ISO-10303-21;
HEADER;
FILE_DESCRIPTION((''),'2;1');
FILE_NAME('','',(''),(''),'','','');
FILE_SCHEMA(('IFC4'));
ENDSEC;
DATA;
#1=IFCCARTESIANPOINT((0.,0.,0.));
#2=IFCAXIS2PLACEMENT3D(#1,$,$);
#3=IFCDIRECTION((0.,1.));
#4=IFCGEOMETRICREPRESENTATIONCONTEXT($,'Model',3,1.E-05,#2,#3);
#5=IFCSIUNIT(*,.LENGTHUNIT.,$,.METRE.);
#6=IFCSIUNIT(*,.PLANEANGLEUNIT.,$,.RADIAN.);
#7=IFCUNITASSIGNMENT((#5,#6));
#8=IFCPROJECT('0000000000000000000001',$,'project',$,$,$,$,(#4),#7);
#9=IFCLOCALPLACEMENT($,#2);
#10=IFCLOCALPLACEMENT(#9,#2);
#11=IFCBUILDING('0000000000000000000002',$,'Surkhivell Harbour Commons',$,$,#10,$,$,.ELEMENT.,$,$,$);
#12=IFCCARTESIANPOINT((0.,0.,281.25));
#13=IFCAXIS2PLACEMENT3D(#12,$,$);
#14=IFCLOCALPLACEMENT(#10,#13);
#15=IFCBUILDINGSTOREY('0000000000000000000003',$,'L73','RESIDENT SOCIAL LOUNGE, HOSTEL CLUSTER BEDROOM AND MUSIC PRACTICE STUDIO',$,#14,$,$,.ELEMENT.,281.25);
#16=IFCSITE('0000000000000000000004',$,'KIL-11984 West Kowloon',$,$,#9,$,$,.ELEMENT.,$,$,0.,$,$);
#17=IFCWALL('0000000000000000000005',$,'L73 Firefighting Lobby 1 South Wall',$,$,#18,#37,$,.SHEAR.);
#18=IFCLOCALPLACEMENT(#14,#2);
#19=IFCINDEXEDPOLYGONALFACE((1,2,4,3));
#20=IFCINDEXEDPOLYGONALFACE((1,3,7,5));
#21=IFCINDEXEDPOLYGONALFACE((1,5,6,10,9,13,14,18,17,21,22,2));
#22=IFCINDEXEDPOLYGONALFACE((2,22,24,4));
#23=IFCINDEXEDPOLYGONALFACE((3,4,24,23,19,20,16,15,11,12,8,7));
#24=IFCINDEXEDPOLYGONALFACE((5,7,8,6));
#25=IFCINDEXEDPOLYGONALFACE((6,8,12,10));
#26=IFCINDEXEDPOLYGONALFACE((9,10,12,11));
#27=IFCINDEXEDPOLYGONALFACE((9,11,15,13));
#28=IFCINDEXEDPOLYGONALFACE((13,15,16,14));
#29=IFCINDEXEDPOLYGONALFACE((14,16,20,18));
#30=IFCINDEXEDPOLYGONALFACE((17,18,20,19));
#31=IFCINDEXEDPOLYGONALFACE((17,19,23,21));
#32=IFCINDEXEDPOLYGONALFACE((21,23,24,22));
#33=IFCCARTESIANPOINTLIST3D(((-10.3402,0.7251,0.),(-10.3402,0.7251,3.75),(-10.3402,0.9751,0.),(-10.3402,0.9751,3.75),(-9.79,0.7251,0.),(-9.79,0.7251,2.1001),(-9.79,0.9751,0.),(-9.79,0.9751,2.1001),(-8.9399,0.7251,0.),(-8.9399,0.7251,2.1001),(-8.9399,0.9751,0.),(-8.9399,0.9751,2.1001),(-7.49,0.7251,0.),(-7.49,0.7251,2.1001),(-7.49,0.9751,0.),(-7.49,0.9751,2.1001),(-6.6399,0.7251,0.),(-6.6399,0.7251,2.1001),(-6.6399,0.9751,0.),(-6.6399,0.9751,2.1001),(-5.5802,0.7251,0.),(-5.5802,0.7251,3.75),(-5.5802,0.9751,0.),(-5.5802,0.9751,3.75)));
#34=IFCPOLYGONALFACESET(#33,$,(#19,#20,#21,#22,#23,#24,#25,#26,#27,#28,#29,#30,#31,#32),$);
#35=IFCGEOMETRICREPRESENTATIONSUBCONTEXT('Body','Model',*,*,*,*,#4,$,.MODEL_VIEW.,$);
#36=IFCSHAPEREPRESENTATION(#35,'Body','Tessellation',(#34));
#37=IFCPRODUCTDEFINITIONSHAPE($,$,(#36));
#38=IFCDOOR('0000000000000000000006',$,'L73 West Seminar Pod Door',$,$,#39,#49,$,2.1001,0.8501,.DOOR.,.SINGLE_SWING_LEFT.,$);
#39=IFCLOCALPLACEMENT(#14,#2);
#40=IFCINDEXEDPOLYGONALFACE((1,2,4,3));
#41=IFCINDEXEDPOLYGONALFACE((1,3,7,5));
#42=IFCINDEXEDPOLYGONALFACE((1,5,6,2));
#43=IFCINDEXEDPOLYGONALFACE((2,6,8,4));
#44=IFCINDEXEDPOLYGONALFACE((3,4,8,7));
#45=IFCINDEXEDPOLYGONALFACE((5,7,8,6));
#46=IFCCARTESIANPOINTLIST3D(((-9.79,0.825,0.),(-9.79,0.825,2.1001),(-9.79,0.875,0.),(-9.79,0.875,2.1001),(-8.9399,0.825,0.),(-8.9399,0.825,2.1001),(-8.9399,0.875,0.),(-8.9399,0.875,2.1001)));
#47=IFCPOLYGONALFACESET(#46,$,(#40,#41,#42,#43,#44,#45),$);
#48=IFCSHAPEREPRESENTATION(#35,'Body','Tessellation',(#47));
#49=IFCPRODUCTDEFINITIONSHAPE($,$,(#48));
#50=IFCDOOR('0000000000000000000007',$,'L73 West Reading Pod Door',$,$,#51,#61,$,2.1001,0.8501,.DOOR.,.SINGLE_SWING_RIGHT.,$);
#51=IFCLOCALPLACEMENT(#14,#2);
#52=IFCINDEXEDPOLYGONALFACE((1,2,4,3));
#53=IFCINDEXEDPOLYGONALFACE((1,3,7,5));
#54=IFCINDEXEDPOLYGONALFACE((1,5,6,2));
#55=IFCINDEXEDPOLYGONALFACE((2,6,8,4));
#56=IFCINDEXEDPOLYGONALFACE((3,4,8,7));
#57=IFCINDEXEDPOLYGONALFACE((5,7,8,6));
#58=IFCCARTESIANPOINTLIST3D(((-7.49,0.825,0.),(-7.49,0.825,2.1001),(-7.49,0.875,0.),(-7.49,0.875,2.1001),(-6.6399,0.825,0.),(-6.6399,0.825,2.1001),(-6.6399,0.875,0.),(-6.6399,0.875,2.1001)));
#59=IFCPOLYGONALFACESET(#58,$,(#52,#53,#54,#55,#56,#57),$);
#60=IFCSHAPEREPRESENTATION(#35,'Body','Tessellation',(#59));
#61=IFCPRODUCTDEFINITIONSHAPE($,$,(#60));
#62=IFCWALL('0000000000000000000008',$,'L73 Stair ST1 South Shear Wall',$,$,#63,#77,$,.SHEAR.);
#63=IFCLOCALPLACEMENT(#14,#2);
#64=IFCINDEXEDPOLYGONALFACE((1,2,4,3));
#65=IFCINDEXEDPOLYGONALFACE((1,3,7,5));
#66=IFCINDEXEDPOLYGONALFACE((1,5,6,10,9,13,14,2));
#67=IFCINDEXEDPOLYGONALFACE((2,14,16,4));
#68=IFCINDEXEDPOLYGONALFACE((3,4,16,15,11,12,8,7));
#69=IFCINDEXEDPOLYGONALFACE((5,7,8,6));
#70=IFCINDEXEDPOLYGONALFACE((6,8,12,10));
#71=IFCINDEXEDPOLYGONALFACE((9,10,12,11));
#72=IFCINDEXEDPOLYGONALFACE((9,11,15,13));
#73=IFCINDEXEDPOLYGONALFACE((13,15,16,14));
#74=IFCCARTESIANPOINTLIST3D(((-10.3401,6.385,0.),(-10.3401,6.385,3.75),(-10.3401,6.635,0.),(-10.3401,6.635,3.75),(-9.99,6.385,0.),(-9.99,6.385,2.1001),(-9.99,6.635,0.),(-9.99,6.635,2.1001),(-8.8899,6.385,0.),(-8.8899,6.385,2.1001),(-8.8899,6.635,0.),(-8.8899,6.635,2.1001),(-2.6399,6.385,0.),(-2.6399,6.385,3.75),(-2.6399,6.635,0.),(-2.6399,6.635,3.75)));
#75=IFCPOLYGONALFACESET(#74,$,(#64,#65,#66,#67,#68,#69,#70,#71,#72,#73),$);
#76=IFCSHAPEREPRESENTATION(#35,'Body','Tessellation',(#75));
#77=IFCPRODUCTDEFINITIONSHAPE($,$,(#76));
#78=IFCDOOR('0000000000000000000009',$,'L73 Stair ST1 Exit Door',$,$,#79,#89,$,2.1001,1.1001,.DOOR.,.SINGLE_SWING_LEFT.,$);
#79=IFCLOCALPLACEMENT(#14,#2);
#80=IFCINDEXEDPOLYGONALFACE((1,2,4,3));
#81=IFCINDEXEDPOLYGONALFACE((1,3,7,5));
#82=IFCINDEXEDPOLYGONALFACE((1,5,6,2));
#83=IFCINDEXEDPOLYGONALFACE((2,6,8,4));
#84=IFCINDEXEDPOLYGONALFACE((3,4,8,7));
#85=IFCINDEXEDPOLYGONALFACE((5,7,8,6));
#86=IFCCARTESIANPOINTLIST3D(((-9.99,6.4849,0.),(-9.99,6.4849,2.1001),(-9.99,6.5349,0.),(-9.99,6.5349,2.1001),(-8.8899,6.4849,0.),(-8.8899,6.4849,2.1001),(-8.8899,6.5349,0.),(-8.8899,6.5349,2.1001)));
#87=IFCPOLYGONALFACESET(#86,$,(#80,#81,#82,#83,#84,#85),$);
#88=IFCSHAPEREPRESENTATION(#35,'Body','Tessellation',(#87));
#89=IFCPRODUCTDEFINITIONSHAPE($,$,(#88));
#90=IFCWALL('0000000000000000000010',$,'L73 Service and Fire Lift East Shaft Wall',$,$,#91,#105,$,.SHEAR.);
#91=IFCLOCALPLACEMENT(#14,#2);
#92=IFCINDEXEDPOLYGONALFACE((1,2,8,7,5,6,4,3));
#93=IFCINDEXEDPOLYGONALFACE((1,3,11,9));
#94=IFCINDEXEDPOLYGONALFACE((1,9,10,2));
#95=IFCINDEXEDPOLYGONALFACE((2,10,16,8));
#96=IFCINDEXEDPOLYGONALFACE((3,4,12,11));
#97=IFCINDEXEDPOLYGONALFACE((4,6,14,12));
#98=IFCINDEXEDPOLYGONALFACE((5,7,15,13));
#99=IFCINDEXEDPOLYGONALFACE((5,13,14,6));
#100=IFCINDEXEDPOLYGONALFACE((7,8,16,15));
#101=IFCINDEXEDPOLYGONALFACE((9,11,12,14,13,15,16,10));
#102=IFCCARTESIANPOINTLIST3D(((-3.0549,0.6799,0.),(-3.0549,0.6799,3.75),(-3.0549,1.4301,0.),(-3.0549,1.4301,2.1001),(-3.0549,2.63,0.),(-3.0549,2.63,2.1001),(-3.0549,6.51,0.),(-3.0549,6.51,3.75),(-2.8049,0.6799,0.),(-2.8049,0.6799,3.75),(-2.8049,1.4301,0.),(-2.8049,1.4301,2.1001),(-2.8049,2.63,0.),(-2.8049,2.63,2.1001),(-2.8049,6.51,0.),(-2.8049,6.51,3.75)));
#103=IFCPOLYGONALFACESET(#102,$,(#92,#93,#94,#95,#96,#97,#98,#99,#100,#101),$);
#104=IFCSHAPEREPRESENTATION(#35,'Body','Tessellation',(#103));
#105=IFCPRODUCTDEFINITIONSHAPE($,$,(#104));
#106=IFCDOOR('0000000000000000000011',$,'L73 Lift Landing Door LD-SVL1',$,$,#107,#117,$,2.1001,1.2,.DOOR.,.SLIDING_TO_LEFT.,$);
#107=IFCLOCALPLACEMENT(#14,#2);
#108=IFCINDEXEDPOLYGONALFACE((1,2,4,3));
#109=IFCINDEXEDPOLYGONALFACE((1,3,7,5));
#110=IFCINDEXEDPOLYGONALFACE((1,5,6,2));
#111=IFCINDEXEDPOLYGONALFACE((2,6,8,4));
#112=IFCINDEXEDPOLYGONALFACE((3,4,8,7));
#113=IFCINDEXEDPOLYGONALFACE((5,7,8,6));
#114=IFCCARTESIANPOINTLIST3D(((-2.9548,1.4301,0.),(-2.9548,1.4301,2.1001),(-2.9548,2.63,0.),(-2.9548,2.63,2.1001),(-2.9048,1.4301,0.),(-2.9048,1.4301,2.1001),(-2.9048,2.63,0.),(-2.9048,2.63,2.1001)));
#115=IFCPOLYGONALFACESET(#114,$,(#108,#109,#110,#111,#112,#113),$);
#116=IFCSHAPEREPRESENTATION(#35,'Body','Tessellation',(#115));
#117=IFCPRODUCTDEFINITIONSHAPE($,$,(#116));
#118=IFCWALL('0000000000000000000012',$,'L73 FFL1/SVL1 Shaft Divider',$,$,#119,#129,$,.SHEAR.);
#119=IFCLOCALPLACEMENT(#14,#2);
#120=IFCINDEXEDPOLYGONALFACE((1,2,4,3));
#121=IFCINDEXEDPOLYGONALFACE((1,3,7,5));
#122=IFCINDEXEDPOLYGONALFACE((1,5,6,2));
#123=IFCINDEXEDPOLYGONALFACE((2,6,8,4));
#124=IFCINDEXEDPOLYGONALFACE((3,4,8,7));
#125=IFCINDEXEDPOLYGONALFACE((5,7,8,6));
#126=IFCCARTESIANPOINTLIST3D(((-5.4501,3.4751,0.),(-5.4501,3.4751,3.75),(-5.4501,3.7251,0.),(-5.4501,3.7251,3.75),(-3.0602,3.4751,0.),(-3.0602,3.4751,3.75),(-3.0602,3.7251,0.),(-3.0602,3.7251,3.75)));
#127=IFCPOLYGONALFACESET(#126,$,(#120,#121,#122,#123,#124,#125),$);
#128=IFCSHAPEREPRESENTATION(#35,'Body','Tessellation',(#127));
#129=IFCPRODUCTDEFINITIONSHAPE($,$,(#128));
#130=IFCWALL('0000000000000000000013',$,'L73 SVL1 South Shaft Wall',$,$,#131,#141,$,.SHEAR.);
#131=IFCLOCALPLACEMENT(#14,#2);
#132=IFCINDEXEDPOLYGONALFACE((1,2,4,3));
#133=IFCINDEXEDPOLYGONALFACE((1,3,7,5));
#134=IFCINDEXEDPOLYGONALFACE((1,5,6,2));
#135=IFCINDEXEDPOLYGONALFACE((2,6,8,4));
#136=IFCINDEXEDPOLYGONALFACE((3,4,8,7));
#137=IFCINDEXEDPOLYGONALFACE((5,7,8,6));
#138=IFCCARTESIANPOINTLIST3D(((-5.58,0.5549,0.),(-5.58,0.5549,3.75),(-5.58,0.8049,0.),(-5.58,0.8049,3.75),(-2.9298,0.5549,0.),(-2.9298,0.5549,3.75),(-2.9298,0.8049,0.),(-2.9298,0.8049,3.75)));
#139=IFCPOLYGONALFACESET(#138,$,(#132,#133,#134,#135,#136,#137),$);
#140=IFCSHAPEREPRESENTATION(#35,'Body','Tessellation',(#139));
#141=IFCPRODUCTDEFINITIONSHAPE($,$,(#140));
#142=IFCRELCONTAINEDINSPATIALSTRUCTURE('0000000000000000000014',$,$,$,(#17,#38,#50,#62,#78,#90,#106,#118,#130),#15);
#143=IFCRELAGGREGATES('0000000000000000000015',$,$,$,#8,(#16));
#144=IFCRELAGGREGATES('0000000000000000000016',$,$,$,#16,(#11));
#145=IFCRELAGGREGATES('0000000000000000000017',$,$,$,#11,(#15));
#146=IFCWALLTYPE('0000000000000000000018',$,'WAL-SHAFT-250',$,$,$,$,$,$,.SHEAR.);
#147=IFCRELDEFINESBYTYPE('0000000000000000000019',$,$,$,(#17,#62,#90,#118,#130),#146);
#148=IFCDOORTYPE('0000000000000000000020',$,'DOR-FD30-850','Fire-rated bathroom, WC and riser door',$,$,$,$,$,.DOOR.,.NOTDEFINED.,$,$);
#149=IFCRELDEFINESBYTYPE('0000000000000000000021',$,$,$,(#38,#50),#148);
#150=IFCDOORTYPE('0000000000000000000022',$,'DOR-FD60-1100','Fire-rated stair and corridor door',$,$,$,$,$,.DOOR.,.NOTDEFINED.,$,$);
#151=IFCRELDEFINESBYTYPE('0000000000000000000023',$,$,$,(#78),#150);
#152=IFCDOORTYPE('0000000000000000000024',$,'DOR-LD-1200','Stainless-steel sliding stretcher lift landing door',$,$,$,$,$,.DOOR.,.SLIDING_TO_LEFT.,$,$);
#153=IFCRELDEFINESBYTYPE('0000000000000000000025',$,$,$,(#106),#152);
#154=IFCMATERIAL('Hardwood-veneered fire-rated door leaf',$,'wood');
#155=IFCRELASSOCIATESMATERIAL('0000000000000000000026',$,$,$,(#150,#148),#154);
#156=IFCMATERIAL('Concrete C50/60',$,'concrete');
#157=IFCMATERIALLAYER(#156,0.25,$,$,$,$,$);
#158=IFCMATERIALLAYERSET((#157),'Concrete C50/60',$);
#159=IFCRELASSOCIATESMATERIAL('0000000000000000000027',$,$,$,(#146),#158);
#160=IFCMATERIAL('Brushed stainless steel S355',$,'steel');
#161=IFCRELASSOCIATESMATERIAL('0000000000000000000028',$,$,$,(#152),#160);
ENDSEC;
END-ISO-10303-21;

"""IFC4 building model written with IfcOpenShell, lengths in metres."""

from ifc_helpers import new_model, si_unit, direction, frame, frame_2d, origin, place, context, subcontext, project, spatial, rectangle, extrude, material, layer, layer_set, type_object, element, fill, save


model = new_model("IFC4")

# Units and contexts
model_context = context("Model", 3, precision=1e-05, world=origin(), true_north=direction((0.0, 1.0)))
body_context = subcontext(model_context, "Body", "Model", "MODEL_VIEW")
ifc_project = project(units=[si_unit("LENGTHUNIT", "METRE"), si_unit("PLANEANGLEUNIT", "RADIAN")], contexts=[model_context])

# Site, building, storey
site_placement = place(None, origin())
site = spatial("IfcSite", under=ifc_project, at=site_placement, Name="KIL-11984 West Kowloon", CompositionType="ELEMENT", RefElevation=0.0)
building_placement = place(site_placement, origin())
building = spatial("IfcBuilding", under=site, at=building_placement, Name="Surkhivell Harbour Commons", CompositionType="ELEMENT")
storey_placement = place(building_placement, frame((0.0, 0.0, 281.25)))
storey = spatial("IfcBuildingStorey", under=building, at=storey_placement, Name="L73", Description="RESIDENT SOCIAL LOUNGE, HOSTEL CLUSTER BEDROOM AND MUSIC PRACTICE STUDIO", CompositionType="ELEMENT", Elevation=281.25)

# Shared definitions
ifc_material_1 = material(Name="Concrete C50/60", Category="concrete")

# Shared definitions
ifc_material_2 = material(Name="Hardwood-veneered fire-rated door leaf", Category="wood")
door_type_1 = type_object("IfcDoorType", Name="DOR-FD60-1100", Description="Fire-rated stair and corridor door", OperationType="NOTDEFINED", PredefinedType="DOOR", material=ifc_material_2)

# Shared definitions
ifc_layer_1 = layer(ifc_material_1, 0.25)
ifc_layer_set_1 = layer_set([ifc_layer_1], Name="Concrete C50/60")
wall_type_1 = type_object("IfcWallType", Name="WAL-SHAFT-250", PredefinedType="SHEAR", material=ifc_layer_set_1)
ifc_material_3 = material(Name="Brushed stainless steel S355", Category="steel")

# Wall, openings, doors
wall_1_placement = place(storey_placement, frame((-10.3401, 0.8501, 0.0), z_axis=(0.0, 0.0, 1.0), x_axis=(1.0, 0.0, 0.0)))
wall_1 = element("IfcWall", 1, at=wall_1_placement, inside=storey, type_object=wall_type_1, Name="L73 Firefighting Lobby 1 South Wall", PredefinedType="SHEAR", context=body_context, shape_type="SweptSolid", body=[
    extrude(rectangle(XDim=4.76, YDim=0.25, at=frame_2d((2.3799, 0.0))), origin(), (0.0, 0.0, 1.0), 3.75),
])
opening_1_placement = place(wall_1_placement, frame((0.55, 0.0, 0.0)))
opening_1 = element("IfcOpeningElement", 2, at=opening_1_placement, cuts=wall_1, PredefinedType="OPENING", context=body_context, shape_type="SweptSolid", body=[
    extrude(rectangle(XDim=0.8501, YDim=2.1001, at=frame_2d((0.425, 1.05))), frame((0.0, 0.135, 0.0), z_axis=(0.0, -1.0, 0.0), x_axis=(1.0, 0.0, 0.0)), (0.0, 0.0, 1.0), 0.27),
])
opening_2_placement = place(wall_1_placement, frame((2.8501, 0.0, 0.0)))
opening_2 = element("IfcOpeningElement", 3, at=opening_2_placement, cuts=wall_1, PredefinedType="OPENING", context=body_context, shape_type="SweptSolid", body=[
    extrude(rectangle(XDim=0.8501, YDim=2.1001, at=frame_2d((0.425, 1.05))), frame((0.0, 0.135, 0.0), z_axis=(0.0, -1.0, 0.0), x_axis=(1.0, 0.0, 0.0)), (0.0, 0.0, 1.0), 0.27),
])
door_type_2 = type_object("IfcDoorType", Name="DOR-FD30-850", Description="Fire-rated bathroom, WC and riser door", OperationType="NOTDEFINED", PredefinedType="DOOR", material=ifc_material_2)
door_1_placement = place(opening_1_placement, origin())
door_1 = element("IfcDoor", 4, at=door_1_placement, inside=storey, type_object=door_type_2, Name="L73 West Seminar Pod Door", OperationType="SINGLE_SWING_LEFT", OverallHeight=2.1001, OverallWidth=0.8501, PredefinedType="DOOR", context=body_context, shape_type="SweptSolid", body=[
    extrude(rectangle(XDim=0.8501, YDim=2.1001, at=frame_2d((0.425, 1.05))), frame((0.0, 0.0249, 0.0), z_axis=(0.0, -1.0, 0.0), x_axis=(1.0, 0.0, 0.0)), (0.0, 0.0, 1.0), 0.05),
])
fill(opening_1, door_1)
door_2_placement = place(opening_2_placement, origin())
door_2 = element("IfcDoor", 5, at=door_2_placement, inside=storey, type_object=door_type_2, Name="L73 West Reading Pod Door", OperationType="SINGLE_SWING_RIGHT", OverallHeight=2.1001, OverallWidth=0.8501, PredefinedType="DOOR", context=body_context, shape_type="SweptSolid", body=[
    extrude(rectangle(XDim=0.8501, YDim=2.1001, at=frame_2d((0.425, 1.05))), frame((0.0, 0.0249, 0.0), z_axis=(0.0, -1.0, 0.0), x_axis=(1.0, 0.0, 0.0)), (0.0, 0.0, 1.0), 0.05),
])
fill(opening_2, door_2)

# Walls, openings, doors
wall_2_placement = place(storey_placement, frame((-10.3401, 6.51, 0.0), z_axis=(0.0, 0.0, 1.0), x_axis=(1.0, 0.0, 0.0)))
wall_2 = element("IfcWall", 6, at=wall_2_placement, inside=storey, type_object=wall_type_1, Name="L73 Stair ST1 South Shear Wall", PredefinedType="SHEAR", context=body_context, shape_type="SweptSolid", body=[
    extrude(rectangle(XDim=7.7002, YDim=0.25, at=frame_2d((3.8501, 0.0))), origin(), (0.0, 0.0, 1.0), 3.75),
])
opening_3_placement = place(wall_2_placement, frame((0.3501, 0.0, 0.0)))
opening_3 = element("IfcOpeningElement", 7, at=opening_3_placement, cuts=wall_2, PredefinedType="OPENING", context=body_context, shape_type="SweptSolid", body=[
    extrude(rectangle(XDim=1.1001, YDim=2.1001, at=frame_2d((0.55, 1.05))), frame((0.0, 0.135, 0.0), z_axis=(0.0, -1.0, 0.0), x_axis=(1.0, 0.0, 0.0)), (0.0, 0.0, 1.0), 0.27),
])
door_3_placement = place(opening_3_placement, origin())
door_3 = element("IfcDoor", 8, at=door_3_placement, inside=storey, type_object=door_type_1, Name="L73 Stair ST1 Exit Door", OperationType="SINGLE_SWING_LEFT", OverallHeight=2.1001, OverallWidth=1.1001, PredefinedType="DOOR", context=body_context, shape_type="SweptSolid", body=[
    extrude(rectangle(XDim=1.1001, YDim=2.1001, at=frame_2d((0.55, 1.05))), frame((0.0, 0.0249, 0.0), z_axis=(0.0, -1.0, 0.0), x_axis=(1.0, 0.0, 0.0)), (0.0, 0.0, 1.0), 0.05),
])
fill(opening_3, door_3)
wall_3_placement = place(storey_placement, frame((-2.9299, 0.6799, 0.0), z_axis=(0.0, 0.0, 1.0), x_axis=(0.0, 1.0, 0.0)))
wall_3 = element("IfcWall", 9, at=wall_3_placement, inside=storey, type_object=wall_type_1, Name="L73 Service and Fire Lift East Shaft Wall", PredefinedType="SHEAR", context=body_context, shape_type="SweptSolid", body=[
    extrude(rectangle(XDim=5.8301, YDim=0.25, at=frame_2d((2.915, 0.0))), origin(), (0.0, 0.0, 1.0), 3.75),
])
opening_4_placement = place(wall_3_placement, frame((0.75, 0.0, 0.0)))
opening_4 = element("IfcOpeningElement", 10, at=opening_4_placement, cuts=wall_3, PredefinedType="OPENING", context=body_context, shape_type="SweptSolid", body=[
    extrude(rectangle(XDim=1.2, YDim=2.1001, at=frame_2d((0.6001, 1.05))), frame((0.0, 0.135, 0.0), z_axis=(0.0, -1.0, 0.0), x_axis=(1.0, 0.0, 0.0)), (0.0, 0.0, 1.0), 0.27),
])
door_type_3 = type_object("IfcDoorType", Name="DOR-LD-1200", Description="Stainless-steel sliding stretcher lift landing door", OperationType="SLIDING_TO_LEFT", PredefinedType="DOOR", material=ifc_material_3)
door_4_placement = place(opening_4_placement, origin())
door_4 = element("IfcDoor", 11, at=door_4_placement, inside=storey, type_object=door_type_3, Name="L73 Lift Landing Door LD-SVL1", OperationType="SLIDING_TO_LEFT", OverallHeight=2.1001, OverallWidth=1.2, PredefinedType="DOOR", context=body_context, shape_type="SweptSolid", body=[
    extrude(rectangle(XDim=1.2, YDim=2.1001, at=frame_2d((0.6001, 1.05))), frame((0.0, 0.0249, 0.0), z_axis=(0.0, -1.0, 0.0), x_axis=(1.0, 0.0, 0.0)), (0.0, 0.0, 1.0), 0.05),
])
fill(opening_4, door_4)

# Walls
wall_4_placement = place(storey_placement, frame((-5.45, 3.6001, 0.0), z_axis=(0.0, 0.0, 1.0), x_axis=(1.0, 0.0, 0.0)))
element("IfcWall", 12, at=wall_4_placement, inside=storey, type_object=wall_type_1, Name="L73 FFL1/SVL1 Shaft Divider", PredefinedType="SHEAR", context=body_context, shape_type="SweptSolid", body=[
    extrude(rectangle(XDim=2.3899, YDim=0.25, at=frame_2d((1.1948, 0.0))), origin(), (0.0, 0.0, 1.0), 3.75),
])
wall_5_placement = place(storey_placement, frame((-5.5801, 0.6799, 0.0), z_axis=(0.0, 0.0, 1.0), x_axis=(1.0, 0.0, 0.0)))
element("IfcWall", 13, at=wall_5_placement, inside=storey, type_object=wall_type_1, Name="L73 SVL1 South Shaft Wall", PredefinedType="SHEAR", context=body_context, shape_type="SweptSolid", body=[
    extrude(rectangle(XDim=2.6501, YDim=0.25, at=frame_2d((1.3252, 0.0))), origin(), (0.0, 0.0, 1.0), 3.75),
])

save(model, "model.ifc")
